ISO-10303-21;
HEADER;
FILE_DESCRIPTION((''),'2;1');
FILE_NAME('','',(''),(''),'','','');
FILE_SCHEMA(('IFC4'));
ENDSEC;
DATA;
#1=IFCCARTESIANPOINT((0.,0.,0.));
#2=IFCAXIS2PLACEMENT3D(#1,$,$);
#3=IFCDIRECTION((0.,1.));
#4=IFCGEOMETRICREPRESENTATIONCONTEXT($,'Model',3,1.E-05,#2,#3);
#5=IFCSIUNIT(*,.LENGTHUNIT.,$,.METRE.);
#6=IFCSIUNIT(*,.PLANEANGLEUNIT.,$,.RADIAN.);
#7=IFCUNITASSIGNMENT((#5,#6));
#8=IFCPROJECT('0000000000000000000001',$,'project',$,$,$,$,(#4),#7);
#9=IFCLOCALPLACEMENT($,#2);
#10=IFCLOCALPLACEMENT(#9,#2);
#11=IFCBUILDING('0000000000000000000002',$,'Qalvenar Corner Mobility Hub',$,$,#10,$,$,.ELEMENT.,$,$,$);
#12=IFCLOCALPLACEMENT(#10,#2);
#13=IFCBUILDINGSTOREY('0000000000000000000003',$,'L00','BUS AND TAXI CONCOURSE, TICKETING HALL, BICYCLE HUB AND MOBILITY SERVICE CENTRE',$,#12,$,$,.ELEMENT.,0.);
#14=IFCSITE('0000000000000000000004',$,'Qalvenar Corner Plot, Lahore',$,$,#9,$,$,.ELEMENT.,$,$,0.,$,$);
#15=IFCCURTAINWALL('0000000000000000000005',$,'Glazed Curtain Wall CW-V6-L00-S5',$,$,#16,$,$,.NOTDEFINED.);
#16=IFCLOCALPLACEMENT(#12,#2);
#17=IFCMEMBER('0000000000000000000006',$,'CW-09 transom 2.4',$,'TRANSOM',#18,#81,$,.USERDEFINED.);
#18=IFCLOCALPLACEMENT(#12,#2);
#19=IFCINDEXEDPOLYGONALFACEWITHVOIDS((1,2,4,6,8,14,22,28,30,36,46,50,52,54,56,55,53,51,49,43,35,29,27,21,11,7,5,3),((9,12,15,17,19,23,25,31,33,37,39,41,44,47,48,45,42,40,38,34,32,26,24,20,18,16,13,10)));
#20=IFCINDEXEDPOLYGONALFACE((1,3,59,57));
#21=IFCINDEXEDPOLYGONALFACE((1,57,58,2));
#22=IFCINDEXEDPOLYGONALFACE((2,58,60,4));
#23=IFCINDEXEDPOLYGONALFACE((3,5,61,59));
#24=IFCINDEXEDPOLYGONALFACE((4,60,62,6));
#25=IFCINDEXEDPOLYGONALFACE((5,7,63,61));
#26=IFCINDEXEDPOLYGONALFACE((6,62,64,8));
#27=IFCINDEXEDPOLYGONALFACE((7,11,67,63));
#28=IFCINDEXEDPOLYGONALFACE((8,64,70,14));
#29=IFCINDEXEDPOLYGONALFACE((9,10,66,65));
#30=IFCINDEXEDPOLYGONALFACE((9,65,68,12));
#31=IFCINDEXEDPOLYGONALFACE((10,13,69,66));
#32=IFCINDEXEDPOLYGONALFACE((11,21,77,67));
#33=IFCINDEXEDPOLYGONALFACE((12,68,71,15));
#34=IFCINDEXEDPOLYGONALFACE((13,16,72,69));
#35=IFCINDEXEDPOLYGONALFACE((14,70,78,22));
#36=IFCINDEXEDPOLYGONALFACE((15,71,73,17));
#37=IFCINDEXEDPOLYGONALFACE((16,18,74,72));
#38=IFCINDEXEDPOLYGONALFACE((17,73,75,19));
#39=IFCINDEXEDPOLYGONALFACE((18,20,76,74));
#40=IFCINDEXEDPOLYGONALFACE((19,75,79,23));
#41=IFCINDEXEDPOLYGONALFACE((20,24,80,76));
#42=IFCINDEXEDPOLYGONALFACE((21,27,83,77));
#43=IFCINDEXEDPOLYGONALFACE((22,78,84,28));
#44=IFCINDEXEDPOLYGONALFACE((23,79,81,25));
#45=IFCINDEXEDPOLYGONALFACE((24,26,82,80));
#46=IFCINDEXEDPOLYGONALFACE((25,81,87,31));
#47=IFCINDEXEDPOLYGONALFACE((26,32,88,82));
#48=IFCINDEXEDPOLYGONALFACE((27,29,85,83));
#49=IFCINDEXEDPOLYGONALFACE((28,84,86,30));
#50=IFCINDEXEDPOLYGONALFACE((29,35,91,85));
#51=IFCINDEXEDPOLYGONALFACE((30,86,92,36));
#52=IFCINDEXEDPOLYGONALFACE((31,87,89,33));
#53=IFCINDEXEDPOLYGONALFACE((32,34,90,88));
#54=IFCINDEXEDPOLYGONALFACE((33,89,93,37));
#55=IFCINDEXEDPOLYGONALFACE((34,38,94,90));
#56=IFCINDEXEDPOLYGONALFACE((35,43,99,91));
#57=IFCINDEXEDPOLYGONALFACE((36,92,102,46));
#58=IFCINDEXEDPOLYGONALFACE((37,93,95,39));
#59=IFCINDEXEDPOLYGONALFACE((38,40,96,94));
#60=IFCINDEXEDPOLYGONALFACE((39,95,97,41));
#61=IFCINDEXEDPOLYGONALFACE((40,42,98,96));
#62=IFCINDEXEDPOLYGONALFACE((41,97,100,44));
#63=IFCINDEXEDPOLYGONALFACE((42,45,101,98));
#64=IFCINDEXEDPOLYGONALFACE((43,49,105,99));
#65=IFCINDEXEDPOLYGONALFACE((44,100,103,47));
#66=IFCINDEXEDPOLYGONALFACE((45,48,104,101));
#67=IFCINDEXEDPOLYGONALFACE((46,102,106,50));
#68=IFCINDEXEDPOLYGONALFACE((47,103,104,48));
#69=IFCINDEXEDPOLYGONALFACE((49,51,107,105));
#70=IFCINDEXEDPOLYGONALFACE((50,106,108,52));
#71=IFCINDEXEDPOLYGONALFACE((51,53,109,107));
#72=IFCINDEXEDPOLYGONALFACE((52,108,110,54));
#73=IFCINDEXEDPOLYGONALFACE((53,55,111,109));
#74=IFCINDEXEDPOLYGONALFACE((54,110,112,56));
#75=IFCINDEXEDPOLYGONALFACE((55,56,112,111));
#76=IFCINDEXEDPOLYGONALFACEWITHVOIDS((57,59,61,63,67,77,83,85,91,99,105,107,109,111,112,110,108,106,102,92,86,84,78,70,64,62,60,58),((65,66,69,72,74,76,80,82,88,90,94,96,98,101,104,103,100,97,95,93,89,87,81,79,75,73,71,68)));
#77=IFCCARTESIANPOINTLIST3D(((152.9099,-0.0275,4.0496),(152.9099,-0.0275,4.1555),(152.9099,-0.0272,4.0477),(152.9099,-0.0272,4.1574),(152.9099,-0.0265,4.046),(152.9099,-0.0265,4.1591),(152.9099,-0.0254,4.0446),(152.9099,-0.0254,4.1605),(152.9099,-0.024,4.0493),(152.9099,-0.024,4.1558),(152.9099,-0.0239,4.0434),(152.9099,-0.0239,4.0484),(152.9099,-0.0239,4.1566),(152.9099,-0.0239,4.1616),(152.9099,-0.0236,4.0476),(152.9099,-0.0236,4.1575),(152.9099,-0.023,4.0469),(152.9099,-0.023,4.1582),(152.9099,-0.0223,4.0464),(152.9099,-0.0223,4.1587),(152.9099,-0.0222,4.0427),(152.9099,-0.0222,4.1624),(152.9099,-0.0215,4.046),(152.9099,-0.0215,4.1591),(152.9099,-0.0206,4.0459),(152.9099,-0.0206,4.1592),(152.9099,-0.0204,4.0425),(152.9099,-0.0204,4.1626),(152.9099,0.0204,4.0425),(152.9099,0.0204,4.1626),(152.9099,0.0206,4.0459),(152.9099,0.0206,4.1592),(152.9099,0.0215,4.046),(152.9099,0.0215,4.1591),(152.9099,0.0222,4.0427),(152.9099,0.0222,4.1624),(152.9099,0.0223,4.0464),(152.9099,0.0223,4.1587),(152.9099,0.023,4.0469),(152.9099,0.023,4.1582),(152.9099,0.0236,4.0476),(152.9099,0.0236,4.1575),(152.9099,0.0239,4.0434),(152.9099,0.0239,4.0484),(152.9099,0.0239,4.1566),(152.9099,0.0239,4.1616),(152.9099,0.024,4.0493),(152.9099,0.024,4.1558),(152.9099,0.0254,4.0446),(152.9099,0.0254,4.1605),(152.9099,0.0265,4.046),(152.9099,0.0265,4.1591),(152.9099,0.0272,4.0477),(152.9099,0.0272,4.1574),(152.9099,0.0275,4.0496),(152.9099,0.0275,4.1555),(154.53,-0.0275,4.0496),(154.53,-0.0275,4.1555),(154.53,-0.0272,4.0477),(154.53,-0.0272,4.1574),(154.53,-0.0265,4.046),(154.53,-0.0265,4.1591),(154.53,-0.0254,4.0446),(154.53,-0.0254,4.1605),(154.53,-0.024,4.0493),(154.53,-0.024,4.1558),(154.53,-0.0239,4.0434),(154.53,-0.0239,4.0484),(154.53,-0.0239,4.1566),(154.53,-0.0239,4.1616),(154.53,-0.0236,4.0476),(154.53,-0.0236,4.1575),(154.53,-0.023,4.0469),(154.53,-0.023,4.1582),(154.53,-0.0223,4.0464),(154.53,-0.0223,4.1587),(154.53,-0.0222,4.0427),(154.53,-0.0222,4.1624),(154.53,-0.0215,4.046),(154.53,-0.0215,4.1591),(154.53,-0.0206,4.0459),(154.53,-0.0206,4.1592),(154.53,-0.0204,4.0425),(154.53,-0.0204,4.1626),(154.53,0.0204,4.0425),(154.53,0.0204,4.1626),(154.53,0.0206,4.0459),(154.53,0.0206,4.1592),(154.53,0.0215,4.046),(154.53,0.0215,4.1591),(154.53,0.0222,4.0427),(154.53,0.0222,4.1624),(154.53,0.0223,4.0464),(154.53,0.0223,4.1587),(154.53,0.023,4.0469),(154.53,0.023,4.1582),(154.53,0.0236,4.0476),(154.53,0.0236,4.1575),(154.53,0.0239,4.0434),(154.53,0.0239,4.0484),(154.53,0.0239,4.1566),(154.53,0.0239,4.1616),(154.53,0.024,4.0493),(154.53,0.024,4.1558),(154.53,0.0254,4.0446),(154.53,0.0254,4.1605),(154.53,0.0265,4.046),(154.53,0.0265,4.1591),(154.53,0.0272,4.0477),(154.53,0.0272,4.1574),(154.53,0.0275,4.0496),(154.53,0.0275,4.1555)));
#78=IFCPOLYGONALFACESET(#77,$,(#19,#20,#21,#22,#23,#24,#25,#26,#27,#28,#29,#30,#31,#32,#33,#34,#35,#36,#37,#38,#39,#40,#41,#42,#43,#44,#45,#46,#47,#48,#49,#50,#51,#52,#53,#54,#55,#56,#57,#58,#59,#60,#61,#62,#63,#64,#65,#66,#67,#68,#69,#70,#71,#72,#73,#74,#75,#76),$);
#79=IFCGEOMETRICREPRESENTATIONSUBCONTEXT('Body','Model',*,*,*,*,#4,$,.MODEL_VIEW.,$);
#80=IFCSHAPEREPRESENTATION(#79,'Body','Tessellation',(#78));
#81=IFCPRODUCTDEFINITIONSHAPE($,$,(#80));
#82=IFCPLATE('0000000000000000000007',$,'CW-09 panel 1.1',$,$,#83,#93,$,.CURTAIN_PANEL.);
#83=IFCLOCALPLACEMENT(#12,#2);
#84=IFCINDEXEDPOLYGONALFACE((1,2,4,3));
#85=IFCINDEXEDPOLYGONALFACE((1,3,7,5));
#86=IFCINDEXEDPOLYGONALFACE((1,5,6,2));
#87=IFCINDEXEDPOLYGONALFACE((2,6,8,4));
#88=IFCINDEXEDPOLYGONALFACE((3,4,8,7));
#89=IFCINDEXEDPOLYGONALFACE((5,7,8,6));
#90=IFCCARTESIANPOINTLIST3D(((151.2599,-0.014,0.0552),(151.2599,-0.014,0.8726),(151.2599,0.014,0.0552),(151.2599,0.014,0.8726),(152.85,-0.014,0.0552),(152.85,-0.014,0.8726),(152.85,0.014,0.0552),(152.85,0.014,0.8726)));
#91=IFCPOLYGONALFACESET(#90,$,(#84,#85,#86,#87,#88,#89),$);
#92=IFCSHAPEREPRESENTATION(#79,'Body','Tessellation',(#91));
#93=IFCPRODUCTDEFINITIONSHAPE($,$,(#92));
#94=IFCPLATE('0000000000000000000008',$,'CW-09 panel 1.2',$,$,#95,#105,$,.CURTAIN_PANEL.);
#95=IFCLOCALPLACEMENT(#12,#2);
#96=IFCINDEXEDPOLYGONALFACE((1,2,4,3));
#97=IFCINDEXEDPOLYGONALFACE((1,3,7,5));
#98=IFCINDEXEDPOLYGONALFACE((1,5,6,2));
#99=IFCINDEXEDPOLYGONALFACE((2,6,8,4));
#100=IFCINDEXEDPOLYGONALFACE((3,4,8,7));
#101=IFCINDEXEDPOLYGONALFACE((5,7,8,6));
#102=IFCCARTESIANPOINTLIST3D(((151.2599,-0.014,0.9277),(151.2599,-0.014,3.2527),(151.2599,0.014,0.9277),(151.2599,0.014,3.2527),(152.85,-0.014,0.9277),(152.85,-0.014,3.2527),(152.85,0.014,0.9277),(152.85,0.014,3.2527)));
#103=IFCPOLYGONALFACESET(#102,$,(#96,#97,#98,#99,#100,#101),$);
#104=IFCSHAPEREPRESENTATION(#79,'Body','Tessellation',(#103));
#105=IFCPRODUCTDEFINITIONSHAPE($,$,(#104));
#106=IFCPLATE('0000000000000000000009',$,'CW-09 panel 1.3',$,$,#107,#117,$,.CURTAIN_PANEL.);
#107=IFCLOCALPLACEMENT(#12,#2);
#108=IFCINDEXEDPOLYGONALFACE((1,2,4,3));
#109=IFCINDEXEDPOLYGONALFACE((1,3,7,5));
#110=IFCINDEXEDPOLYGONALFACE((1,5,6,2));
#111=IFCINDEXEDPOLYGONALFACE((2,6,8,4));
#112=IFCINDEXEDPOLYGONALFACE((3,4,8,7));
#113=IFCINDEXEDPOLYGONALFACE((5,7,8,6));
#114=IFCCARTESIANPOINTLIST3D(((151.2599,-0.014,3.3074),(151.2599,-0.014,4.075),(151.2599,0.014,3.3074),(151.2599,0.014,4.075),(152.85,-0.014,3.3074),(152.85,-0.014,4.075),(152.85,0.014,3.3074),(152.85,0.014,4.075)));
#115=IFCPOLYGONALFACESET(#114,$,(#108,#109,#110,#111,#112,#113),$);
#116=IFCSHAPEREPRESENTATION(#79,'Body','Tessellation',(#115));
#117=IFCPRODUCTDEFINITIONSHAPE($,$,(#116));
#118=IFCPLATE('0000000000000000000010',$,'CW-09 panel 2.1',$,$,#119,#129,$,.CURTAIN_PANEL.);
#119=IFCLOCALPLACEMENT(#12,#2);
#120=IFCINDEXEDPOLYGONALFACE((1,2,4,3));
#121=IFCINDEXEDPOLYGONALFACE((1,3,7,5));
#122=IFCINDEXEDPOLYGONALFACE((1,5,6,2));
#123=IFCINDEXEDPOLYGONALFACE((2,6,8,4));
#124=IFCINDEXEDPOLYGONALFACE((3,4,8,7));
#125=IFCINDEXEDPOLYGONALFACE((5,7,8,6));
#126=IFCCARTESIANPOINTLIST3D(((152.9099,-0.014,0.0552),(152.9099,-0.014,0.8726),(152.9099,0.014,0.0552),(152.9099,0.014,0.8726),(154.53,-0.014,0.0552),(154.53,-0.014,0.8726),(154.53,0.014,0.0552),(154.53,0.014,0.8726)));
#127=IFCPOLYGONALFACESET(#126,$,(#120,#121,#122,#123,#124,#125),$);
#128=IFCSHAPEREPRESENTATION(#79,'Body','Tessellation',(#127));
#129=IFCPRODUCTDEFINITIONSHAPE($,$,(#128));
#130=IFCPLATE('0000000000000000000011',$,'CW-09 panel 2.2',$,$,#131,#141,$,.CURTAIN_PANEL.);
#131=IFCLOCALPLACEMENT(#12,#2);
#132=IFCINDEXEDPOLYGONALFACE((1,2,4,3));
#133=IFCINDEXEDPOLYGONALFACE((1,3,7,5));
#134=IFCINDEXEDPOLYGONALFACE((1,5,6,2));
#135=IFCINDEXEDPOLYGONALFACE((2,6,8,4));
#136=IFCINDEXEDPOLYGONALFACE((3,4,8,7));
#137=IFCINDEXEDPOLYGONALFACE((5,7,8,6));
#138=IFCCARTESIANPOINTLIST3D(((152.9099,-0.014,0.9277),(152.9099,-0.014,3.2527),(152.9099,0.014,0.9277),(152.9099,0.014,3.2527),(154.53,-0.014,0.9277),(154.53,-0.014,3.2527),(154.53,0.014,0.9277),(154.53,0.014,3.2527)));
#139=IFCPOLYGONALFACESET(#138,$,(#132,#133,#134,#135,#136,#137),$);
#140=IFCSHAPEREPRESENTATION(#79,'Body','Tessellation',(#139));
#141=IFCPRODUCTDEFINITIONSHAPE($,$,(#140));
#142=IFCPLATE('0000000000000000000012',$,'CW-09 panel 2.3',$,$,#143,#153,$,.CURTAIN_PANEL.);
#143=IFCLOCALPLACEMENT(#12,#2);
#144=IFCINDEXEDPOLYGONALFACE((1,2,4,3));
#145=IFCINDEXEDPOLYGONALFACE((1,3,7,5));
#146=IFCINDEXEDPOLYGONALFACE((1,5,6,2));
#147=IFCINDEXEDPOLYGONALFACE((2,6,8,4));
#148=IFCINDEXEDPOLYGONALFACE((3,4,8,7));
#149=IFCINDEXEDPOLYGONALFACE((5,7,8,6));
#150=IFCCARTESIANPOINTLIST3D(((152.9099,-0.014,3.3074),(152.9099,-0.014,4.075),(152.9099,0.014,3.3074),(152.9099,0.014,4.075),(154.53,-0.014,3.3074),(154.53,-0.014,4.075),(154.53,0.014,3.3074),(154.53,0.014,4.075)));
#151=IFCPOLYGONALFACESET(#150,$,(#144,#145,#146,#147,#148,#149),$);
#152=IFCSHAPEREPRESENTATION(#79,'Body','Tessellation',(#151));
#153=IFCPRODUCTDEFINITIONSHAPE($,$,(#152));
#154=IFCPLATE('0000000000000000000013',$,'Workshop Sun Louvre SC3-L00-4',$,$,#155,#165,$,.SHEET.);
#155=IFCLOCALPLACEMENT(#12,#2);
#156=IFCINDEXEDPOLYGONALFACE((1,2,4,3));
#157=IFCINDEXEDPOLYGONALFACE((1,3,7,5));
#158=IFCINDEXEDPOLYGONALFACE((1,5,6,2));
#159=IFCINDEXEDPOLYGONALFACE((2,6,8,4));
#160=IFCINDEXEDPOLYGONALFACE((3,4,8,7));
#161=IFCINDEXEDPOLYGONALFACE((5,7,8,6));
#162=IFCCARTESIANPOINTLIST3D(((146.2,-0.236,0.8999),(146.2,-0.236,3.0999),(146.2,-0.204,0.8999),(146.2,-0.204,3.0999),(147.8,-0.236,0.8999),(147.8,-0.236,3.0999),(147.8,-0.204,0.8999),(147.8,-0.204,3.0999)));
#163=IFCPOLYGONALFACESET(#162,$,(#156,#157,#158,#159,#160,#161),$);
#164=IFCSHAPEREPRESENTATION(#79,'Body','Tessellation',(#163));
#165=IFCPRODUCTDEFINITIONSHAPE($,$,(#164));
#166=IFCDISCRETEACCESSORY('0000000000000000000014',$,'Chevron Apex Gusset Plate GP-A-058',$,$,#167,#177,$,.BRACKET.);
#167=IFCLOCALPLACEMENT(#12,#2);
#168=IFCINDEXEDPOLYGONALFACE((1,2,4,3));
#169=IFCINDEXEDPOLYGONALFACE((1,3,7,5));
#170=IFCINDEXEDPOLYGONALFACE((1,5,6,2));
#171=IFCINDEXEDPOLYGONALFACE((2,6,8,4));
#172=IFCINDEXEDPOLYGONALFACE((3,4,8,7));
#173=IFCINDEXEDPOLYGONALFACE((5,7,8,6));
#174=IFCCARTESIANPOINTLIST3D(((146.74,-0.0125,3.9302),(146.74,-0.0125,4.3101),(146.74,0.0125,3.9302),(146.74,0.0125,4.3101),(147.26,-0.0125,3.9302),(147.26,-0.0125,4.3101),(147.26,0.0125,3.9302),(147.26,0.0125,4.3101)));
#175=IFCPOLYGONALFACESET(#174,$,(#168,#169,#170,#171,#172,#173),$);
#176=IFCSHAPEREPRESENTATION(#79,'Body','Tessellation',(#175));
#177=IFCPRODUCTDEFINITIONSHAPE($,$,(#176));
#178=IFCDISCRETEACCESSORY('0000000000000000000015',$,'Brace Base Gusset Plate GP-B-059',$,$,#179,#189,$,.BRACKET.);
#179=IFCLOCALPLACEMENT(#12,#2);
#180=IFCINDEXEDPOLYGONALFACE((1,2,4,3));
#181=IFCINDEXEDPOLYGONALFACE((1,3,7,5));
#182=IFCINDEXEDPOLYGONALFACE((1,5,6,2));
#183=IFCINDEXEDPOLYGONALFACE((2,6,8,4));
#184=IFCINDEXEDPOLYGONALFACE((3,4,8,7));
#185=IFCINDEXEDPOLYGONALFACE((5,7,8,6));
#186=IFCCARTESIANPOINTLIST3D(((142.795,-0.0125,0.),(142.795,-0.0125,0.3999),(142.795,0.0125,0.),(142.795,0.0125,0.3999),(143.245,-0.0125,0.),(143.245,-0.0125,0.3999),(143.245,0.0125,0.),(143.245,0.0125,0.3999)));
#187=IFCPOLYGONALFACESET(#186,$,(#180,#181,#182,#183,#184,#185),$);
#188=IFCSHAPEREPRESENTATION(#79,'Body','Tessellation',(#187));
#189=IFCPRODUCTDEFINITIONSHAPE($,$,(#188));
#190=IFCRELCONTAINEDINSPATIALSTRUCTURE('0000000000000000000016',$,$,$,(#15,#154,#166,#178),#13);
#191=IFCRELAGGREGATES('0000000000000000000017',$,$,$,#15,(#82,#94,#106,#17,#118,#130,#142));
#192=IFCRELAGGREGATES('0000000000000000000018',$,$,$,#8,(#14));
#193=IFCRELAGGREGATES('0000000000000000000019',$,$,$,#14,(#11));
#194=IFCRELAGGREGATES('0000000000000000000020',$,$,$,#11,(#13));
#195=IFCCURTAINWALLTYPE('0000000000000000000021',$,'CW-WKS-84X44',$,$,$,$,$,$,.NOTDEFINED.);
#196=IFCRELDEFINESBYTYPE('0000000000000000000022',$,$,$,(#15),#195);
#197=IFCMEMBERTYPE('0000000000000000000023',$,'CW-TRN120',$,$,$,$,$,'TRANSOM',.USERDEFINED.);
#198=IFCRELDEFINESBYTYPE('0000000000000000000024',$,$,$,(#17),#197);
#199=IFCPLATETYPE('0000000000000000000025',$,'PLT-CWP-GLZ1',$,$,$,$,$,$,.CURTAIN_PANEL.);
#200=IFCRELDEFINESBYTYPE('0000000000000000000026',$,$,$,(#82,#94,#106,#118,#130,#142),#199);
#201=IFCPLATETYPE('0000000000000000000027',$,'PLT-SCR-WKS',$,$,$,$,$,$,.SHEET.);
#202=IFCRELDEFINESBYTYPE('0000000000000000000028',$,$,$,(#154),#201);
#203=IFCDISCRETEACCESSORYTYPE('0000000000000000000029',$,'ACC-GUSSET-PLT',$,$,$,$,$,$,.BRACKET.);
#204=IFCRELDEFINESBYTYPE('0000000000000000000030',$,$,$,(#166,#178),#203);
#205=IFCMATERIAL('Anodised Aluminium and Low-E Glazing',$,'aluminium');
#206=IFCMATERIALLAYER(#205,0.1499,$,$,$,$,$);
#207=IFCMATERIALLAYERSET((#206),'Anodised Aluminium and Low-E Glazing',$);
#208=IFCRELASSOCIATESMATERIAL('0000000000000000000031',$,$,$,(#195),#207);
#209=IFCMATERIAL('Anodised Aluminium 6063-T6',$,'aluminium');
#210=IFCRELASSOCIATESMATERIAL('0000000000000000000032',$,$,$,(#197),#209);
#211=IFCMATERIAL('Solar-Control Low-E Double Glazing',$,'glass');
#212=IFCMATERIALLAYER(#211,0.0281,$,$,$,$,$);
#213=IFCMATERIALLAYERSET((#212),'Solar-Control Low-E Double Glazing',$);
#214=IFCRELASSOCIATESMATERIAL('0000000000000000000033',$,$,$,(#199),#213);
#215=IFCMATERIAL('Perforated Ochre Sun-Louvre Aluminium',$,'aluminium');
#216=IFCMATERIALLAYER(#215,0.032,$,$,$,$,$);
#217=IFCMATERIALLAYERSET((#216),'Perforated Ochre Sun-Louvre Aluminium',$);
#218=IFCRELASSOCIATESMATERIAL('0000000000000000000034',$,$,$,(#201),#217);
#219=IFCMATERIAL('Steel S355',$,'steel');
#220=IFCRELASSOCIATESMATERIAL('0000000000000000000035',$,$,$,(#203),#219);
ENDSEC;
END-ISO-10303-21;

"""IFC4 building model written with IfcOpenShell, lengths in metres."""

from ifc_helpers import new_model, si_unit, direction, frame, origin, origin_2d, place, context, subcontext, project, spatial, rectangle, hollow_rectangle, extrude, material, layer, layer_set, material_profile, profile_set, type_object, element, aggregate, save


model = new_model("IFC4")

# Units and contexts
model_context = context("Model", 3, precision=1e-05, world=origin(), true_north=direction((0.0, 1.0)))
body_context = subcontext(model_context, "Body", "Model", "MODEL_VIEW")
ifc_project = project(units=[si_unit("LENGTHUNIT", "METRE"), si_unit("PLANEANGLEUNIT", "RADIAN")], contexts=[model_context])

# Site, building, storey
site_placement = place(None, origin())
site = spatial("IfcSite", under=ifc_project, at=site_placement, Name="Qalvenar Corner Plot, Lahore", CompositionType="ELEMENT", RefElevation=0.0)
building_placement = place(site_placement, origin())
building = spatial("IfcBuilding", under=site, at=building_placement, Name="Qalvenar Corner Mobility Hub", CompositionType="ELEMENT")
storey_placement = place(building_placement, origin())
storey = spatial("IfcBuildingStorey", under=building, at=storey_placement, Name="L00", Description="BUS AND TAXI CONCOURSE, TICKETING HALL, BICYCLE HUB AND MOBILITY SERVICE CENTRE", CompositionType="ELEMENT", Elevation=0.0)

# Shared definitions
ifc_material_1 = material(Name="Steel S355", Category="steel")

# Curtain wall, member, plates
ifc_material_2 = material(Name="Anodised Aluminium and Low-E Glazing", Category="aluminium")
ifc_layer_1 = layer(ifc_material_2, 0.1499)
ifc_layer_set_1 = layer_set([ifc_layer_1], Name="Anodised Aluminium and Low-E Glazing")
curtain_wall_type = type_object("IfcCurtainWallType", Name="CW-WKS-84X44", PredefinedType="NOTDEFINED", material=ifc_layer_set_1)
curtain_wall_placement = place(storey_placement, origin())
curtain_wall = element("IfcCurtainWall", 1, at=curtain_wall_placement, inside=storey, type_object=curtain_wall_type, Name="Glazed Curtain Wall CW-V6-L00-S5", PredefinedType="NOTDEFINED")
ifc_material_3 = material(Name="Anodised Aluminium 6063-T6", Category="aluminium")
ifc_material_profile_1 = material_profile(ifc_material_3, hollow_rectangle(XDim=0.0549, YDim=0.1201, WallThickness=0.0034, InnerFilletRadius=0.0034, OuterFilletRadius=0.0071, at=origin_2d()), Name="RHS120x55x3.5")
ifc_profile_set_1 = profile_set([ifc_material_profile_1], Name="Anodised Aluminium 6063-T6")
member_type_1 = type_object("IfcMemberType", Name="CW-TRN120", ElementType="TRANSOM", PredefinedType="USERDEFINED", material=ifc_profile_set_1)
member_1_placement = place(storey_placement, frame((152.9099, 0.0, 4.1025), z_axis=(1.0, 0.0, 0.0), x_axis=(0.0, 1.0, 0.0)))
member_1 = element("IfcMember", 2, at=member_1_placement, type_object=member_type_1, Name="CW-09 transom 2.4", ObjectType="TRANSOM", PredefinedType="USERDEFINED", context=body_context, shape_type="SweptSolid", body=[
    extrude(hollow_rectangle(XDim=0.0549, YDim=0.1201, WallThickness=0.0034, InnerFilletRadius=0.0034, OuterFilletRadius=0.0071, at=origin_2d()), origin(), (0.0, 0.0, 1.0), 1.6201),
])
ifc_material_4 = material(Name="Solar-Control Low-E Double Glazing", Category="glass")
ifc_layer_2 = layer(ifc_material_4, 0.0281)
ifc_layer_set_2 = layer_set([ifc_layer_2], Name="Solar-Control Low-E Double Glazing")
plate_type_1 = type_object("IfcPlateType", Name="PLT-CWP-GLZ1", PredefinedType="CURTAIN_PANEL", material=ifc_layer_set_2)
plate_1_placement = place(storey_placement, frame((152.0549, 0.0, 0.0552), z_axis=(0.0, 0.0, 1.0), x_axis=(1.0, 0.0, 0.0)))
plate_1 = element("IfcPlate", 3, at=plate_1_placement, type_object=plate_type_1, Name="CW-09 panel 1.1", PredefinedType="CURTAIN_PANEL", context=body_context, shape_type="SweptSolid", body=[
    extrude(rectangle(XDim=1.5901, YDim=0.0281, at=origin_2d()), origin(), (0.0, 0.0, 1.0), 0.8174),
])
plate_2_placement = place(storey_placement, frame((152.0549, 0.0, 0.9277), z_axis=(0.0, 0.0, 1.0), x_axis=(1.0, 0.0, 0.0)))
plate_2 = element("IfcPlate", 4, at=plate_2_placement, type_object=plate_type_1, Name="CW-09 panel 1.2", PredefinedType="CURTAIN_PANEL", context=body_context, shape_type="SweptSolid", body=[
    extrude(rectangle(XDim=1.5901, YDim=0.0281, at=origin_2d()), origin(), (0.0, 0.0, 1.0), 2.325),
])
plate_3_placement = place(storey_placement, frame((152.0549, 0.0, 3.3074), z_axis=(0.0, 0.0, 1.0), x_axis=(1.0, 0.0, 0.0)))
plate_3 = element("IfcPlate", 5, at=plate_3_placement, type_object=plate_type_1, Name="CW-09 panel 1.3", PredefinedType="CURTAIN_PANEL", context=body_context, shape_type="SweptSolid", body=[
    extrude(rectangle(XDim=1.5901, YDim=0.0281, at=origin_2d()), origin(), (0.0, 0.0, 1.0), 0.7676),
])
plate_4_placement = place(storey_placement, frame((153.72, 0.0, 0.0552), z_axis=(0.0, 0.0, 1.0), x_axis=(1.0, 0.0, 0.0)))
plate_4 = element("IfcPlate", 6, at=plate_4_placement, type_object=plate_type_1, Name="CW-09 panel 2.1", PredefinedType="CURTAIN_PANEL", context=body_context, shape_type="SweptSolid", body=[
    extrude(rectangle(XDim=1.6201, YDim=0.0281, at=origin_2d()), origin(), (0.0, 0.0, 1.0), 0.8174),
])
plate_5_placement = place(storey_placement, frame((153.72, 0.0, 0.9277), z_axis=(0.0, 0.0, 1.0), x_axis=(1.0, 0.0, 0.0)))
plate_5 = element("IfcPlate", 7, at=plate_5_placement, type_object=plate_type_1, Name="CW-09 panel 2.2", PredefinedType="CURTAIN_PANEL", context=body_context, shape_type="SweptSolid", body=[
    extrude(rectangle(XDim=1.6201, YDim=0.0281, at=origin_2d()), origin(), (0.0, 0.0, 1.0), 2.325),
])
plate_6_placement = place(storey_placement, frame((153.72, 0.0, 3.3074), z_axis=(0.0, 0.0, 1.0), x_axis=(1.0, 0.0, 0.0)))
plate_6 = element("IfcPlate", 8, at=plate_6_placement, type_object=plate_type_1, Name="CW-09 panel 2.3", PredefinedType="CURTAIN_PANEL", context=body_context, shape_type="SweptSolid", body=[
    extrude(rectangle(XDim=1.6201, YDim=0.0281, at=origin_2d()), origin(), (0.0, 0.0, 1.0), 0.7676),
])
aggregate(curtain_wall, [plate_1, plate_2, plate_3, member_1, plate_4, plate_5, plate_6])

# Plate
ifc_material_5 = material(Name="Perforated Ochre Sun-Louvre Aluminium", Category="aluminium")
ifc_layer_3 = layer(ifc_material_5, 0.032)
ifc_layer_set_3 = layer_set([ifc_layer_3], Name="Perforated Ochre Sun-Louvre Aluminium")
plate_type_2 = type_object("IfcPlateType", Name="PLT-SCR-WKS", PredefinedType="SHEET", material=ifc_layer_set_3)
plate_7_placement = place(storey_placement, frame((147.0, -0.22, 0.8999), z_axis=(0.0, 0.0, 1.0), x_axis=(1.0, 0.0, 0.0)))
element("IfcPlate", 9, at=plate_7_placement, inside=storey, type_object=plate_type_2, Name="Workshop Sun Louvre SC3-L00-4", PredefinedType="SHEET", context=body_context, shape_type="SweptSolid", body=[
    extrude(rectangle(XDim=1.6001, YDim=0.032, at=origin_2d()), origin(), (0.0, 0.0, 1.0), 2.2),
])

# Discrete accessories
discrete_accessory_type_1 = type_object("IfcDiscreteAccessoryType", Name="ACC-GUSSET-PLT", PredefinedType="BRACKET", material=ifc_material_1)
discrete_accessory_1_placement = place(storey_placement, frame((147.0, 0.0, 3.9302), z_axis=(0.0, 0.0, 1.0), x_axis=(1.0, 0.0, 0.0)))
element("IfcDiscreteAccessory", 10, at=discrete_accessory_1_placement, inside=storey, type_object=discrete_accessory_type_1, Name="Chevron Apex Gusset Plate GP-A-058", PredefinedType="BRACKET", context=body_context, shape_type="SweptSolid", body=[
    extrude(rectangle(XDim=0.52, YDim=0.0249, at=origin_2d()), origin(), (0.0, 0.0, 1.0), 0.3799),
])
for number, where, z_axis, x_axis, name in (
    (11, (143.02, 0.0, 0.0), (0.0, 0.0, 1.0), (1.0, 0.0, 0.0), "Brace Base Gusset Plate GP-B-059"),
):
    element("IfcDiscreteAccessory", number, at=place(storey_placement, frame(where, z_axis=z_axis, x_axis=x_axis)), inside=storey, type_object=discrete_accessory_type_1, Name=name, PredefinedType="BRACKET", context=body_context, shape_type="SweptSolid", body=[
        extrude(rectangle(XDim=0.45, YDim=0.0249, at=origin_2d()), origin(), (0.0, 0.0, 1.0), 0.3999),
    ])

save(model, "model.ifc")
